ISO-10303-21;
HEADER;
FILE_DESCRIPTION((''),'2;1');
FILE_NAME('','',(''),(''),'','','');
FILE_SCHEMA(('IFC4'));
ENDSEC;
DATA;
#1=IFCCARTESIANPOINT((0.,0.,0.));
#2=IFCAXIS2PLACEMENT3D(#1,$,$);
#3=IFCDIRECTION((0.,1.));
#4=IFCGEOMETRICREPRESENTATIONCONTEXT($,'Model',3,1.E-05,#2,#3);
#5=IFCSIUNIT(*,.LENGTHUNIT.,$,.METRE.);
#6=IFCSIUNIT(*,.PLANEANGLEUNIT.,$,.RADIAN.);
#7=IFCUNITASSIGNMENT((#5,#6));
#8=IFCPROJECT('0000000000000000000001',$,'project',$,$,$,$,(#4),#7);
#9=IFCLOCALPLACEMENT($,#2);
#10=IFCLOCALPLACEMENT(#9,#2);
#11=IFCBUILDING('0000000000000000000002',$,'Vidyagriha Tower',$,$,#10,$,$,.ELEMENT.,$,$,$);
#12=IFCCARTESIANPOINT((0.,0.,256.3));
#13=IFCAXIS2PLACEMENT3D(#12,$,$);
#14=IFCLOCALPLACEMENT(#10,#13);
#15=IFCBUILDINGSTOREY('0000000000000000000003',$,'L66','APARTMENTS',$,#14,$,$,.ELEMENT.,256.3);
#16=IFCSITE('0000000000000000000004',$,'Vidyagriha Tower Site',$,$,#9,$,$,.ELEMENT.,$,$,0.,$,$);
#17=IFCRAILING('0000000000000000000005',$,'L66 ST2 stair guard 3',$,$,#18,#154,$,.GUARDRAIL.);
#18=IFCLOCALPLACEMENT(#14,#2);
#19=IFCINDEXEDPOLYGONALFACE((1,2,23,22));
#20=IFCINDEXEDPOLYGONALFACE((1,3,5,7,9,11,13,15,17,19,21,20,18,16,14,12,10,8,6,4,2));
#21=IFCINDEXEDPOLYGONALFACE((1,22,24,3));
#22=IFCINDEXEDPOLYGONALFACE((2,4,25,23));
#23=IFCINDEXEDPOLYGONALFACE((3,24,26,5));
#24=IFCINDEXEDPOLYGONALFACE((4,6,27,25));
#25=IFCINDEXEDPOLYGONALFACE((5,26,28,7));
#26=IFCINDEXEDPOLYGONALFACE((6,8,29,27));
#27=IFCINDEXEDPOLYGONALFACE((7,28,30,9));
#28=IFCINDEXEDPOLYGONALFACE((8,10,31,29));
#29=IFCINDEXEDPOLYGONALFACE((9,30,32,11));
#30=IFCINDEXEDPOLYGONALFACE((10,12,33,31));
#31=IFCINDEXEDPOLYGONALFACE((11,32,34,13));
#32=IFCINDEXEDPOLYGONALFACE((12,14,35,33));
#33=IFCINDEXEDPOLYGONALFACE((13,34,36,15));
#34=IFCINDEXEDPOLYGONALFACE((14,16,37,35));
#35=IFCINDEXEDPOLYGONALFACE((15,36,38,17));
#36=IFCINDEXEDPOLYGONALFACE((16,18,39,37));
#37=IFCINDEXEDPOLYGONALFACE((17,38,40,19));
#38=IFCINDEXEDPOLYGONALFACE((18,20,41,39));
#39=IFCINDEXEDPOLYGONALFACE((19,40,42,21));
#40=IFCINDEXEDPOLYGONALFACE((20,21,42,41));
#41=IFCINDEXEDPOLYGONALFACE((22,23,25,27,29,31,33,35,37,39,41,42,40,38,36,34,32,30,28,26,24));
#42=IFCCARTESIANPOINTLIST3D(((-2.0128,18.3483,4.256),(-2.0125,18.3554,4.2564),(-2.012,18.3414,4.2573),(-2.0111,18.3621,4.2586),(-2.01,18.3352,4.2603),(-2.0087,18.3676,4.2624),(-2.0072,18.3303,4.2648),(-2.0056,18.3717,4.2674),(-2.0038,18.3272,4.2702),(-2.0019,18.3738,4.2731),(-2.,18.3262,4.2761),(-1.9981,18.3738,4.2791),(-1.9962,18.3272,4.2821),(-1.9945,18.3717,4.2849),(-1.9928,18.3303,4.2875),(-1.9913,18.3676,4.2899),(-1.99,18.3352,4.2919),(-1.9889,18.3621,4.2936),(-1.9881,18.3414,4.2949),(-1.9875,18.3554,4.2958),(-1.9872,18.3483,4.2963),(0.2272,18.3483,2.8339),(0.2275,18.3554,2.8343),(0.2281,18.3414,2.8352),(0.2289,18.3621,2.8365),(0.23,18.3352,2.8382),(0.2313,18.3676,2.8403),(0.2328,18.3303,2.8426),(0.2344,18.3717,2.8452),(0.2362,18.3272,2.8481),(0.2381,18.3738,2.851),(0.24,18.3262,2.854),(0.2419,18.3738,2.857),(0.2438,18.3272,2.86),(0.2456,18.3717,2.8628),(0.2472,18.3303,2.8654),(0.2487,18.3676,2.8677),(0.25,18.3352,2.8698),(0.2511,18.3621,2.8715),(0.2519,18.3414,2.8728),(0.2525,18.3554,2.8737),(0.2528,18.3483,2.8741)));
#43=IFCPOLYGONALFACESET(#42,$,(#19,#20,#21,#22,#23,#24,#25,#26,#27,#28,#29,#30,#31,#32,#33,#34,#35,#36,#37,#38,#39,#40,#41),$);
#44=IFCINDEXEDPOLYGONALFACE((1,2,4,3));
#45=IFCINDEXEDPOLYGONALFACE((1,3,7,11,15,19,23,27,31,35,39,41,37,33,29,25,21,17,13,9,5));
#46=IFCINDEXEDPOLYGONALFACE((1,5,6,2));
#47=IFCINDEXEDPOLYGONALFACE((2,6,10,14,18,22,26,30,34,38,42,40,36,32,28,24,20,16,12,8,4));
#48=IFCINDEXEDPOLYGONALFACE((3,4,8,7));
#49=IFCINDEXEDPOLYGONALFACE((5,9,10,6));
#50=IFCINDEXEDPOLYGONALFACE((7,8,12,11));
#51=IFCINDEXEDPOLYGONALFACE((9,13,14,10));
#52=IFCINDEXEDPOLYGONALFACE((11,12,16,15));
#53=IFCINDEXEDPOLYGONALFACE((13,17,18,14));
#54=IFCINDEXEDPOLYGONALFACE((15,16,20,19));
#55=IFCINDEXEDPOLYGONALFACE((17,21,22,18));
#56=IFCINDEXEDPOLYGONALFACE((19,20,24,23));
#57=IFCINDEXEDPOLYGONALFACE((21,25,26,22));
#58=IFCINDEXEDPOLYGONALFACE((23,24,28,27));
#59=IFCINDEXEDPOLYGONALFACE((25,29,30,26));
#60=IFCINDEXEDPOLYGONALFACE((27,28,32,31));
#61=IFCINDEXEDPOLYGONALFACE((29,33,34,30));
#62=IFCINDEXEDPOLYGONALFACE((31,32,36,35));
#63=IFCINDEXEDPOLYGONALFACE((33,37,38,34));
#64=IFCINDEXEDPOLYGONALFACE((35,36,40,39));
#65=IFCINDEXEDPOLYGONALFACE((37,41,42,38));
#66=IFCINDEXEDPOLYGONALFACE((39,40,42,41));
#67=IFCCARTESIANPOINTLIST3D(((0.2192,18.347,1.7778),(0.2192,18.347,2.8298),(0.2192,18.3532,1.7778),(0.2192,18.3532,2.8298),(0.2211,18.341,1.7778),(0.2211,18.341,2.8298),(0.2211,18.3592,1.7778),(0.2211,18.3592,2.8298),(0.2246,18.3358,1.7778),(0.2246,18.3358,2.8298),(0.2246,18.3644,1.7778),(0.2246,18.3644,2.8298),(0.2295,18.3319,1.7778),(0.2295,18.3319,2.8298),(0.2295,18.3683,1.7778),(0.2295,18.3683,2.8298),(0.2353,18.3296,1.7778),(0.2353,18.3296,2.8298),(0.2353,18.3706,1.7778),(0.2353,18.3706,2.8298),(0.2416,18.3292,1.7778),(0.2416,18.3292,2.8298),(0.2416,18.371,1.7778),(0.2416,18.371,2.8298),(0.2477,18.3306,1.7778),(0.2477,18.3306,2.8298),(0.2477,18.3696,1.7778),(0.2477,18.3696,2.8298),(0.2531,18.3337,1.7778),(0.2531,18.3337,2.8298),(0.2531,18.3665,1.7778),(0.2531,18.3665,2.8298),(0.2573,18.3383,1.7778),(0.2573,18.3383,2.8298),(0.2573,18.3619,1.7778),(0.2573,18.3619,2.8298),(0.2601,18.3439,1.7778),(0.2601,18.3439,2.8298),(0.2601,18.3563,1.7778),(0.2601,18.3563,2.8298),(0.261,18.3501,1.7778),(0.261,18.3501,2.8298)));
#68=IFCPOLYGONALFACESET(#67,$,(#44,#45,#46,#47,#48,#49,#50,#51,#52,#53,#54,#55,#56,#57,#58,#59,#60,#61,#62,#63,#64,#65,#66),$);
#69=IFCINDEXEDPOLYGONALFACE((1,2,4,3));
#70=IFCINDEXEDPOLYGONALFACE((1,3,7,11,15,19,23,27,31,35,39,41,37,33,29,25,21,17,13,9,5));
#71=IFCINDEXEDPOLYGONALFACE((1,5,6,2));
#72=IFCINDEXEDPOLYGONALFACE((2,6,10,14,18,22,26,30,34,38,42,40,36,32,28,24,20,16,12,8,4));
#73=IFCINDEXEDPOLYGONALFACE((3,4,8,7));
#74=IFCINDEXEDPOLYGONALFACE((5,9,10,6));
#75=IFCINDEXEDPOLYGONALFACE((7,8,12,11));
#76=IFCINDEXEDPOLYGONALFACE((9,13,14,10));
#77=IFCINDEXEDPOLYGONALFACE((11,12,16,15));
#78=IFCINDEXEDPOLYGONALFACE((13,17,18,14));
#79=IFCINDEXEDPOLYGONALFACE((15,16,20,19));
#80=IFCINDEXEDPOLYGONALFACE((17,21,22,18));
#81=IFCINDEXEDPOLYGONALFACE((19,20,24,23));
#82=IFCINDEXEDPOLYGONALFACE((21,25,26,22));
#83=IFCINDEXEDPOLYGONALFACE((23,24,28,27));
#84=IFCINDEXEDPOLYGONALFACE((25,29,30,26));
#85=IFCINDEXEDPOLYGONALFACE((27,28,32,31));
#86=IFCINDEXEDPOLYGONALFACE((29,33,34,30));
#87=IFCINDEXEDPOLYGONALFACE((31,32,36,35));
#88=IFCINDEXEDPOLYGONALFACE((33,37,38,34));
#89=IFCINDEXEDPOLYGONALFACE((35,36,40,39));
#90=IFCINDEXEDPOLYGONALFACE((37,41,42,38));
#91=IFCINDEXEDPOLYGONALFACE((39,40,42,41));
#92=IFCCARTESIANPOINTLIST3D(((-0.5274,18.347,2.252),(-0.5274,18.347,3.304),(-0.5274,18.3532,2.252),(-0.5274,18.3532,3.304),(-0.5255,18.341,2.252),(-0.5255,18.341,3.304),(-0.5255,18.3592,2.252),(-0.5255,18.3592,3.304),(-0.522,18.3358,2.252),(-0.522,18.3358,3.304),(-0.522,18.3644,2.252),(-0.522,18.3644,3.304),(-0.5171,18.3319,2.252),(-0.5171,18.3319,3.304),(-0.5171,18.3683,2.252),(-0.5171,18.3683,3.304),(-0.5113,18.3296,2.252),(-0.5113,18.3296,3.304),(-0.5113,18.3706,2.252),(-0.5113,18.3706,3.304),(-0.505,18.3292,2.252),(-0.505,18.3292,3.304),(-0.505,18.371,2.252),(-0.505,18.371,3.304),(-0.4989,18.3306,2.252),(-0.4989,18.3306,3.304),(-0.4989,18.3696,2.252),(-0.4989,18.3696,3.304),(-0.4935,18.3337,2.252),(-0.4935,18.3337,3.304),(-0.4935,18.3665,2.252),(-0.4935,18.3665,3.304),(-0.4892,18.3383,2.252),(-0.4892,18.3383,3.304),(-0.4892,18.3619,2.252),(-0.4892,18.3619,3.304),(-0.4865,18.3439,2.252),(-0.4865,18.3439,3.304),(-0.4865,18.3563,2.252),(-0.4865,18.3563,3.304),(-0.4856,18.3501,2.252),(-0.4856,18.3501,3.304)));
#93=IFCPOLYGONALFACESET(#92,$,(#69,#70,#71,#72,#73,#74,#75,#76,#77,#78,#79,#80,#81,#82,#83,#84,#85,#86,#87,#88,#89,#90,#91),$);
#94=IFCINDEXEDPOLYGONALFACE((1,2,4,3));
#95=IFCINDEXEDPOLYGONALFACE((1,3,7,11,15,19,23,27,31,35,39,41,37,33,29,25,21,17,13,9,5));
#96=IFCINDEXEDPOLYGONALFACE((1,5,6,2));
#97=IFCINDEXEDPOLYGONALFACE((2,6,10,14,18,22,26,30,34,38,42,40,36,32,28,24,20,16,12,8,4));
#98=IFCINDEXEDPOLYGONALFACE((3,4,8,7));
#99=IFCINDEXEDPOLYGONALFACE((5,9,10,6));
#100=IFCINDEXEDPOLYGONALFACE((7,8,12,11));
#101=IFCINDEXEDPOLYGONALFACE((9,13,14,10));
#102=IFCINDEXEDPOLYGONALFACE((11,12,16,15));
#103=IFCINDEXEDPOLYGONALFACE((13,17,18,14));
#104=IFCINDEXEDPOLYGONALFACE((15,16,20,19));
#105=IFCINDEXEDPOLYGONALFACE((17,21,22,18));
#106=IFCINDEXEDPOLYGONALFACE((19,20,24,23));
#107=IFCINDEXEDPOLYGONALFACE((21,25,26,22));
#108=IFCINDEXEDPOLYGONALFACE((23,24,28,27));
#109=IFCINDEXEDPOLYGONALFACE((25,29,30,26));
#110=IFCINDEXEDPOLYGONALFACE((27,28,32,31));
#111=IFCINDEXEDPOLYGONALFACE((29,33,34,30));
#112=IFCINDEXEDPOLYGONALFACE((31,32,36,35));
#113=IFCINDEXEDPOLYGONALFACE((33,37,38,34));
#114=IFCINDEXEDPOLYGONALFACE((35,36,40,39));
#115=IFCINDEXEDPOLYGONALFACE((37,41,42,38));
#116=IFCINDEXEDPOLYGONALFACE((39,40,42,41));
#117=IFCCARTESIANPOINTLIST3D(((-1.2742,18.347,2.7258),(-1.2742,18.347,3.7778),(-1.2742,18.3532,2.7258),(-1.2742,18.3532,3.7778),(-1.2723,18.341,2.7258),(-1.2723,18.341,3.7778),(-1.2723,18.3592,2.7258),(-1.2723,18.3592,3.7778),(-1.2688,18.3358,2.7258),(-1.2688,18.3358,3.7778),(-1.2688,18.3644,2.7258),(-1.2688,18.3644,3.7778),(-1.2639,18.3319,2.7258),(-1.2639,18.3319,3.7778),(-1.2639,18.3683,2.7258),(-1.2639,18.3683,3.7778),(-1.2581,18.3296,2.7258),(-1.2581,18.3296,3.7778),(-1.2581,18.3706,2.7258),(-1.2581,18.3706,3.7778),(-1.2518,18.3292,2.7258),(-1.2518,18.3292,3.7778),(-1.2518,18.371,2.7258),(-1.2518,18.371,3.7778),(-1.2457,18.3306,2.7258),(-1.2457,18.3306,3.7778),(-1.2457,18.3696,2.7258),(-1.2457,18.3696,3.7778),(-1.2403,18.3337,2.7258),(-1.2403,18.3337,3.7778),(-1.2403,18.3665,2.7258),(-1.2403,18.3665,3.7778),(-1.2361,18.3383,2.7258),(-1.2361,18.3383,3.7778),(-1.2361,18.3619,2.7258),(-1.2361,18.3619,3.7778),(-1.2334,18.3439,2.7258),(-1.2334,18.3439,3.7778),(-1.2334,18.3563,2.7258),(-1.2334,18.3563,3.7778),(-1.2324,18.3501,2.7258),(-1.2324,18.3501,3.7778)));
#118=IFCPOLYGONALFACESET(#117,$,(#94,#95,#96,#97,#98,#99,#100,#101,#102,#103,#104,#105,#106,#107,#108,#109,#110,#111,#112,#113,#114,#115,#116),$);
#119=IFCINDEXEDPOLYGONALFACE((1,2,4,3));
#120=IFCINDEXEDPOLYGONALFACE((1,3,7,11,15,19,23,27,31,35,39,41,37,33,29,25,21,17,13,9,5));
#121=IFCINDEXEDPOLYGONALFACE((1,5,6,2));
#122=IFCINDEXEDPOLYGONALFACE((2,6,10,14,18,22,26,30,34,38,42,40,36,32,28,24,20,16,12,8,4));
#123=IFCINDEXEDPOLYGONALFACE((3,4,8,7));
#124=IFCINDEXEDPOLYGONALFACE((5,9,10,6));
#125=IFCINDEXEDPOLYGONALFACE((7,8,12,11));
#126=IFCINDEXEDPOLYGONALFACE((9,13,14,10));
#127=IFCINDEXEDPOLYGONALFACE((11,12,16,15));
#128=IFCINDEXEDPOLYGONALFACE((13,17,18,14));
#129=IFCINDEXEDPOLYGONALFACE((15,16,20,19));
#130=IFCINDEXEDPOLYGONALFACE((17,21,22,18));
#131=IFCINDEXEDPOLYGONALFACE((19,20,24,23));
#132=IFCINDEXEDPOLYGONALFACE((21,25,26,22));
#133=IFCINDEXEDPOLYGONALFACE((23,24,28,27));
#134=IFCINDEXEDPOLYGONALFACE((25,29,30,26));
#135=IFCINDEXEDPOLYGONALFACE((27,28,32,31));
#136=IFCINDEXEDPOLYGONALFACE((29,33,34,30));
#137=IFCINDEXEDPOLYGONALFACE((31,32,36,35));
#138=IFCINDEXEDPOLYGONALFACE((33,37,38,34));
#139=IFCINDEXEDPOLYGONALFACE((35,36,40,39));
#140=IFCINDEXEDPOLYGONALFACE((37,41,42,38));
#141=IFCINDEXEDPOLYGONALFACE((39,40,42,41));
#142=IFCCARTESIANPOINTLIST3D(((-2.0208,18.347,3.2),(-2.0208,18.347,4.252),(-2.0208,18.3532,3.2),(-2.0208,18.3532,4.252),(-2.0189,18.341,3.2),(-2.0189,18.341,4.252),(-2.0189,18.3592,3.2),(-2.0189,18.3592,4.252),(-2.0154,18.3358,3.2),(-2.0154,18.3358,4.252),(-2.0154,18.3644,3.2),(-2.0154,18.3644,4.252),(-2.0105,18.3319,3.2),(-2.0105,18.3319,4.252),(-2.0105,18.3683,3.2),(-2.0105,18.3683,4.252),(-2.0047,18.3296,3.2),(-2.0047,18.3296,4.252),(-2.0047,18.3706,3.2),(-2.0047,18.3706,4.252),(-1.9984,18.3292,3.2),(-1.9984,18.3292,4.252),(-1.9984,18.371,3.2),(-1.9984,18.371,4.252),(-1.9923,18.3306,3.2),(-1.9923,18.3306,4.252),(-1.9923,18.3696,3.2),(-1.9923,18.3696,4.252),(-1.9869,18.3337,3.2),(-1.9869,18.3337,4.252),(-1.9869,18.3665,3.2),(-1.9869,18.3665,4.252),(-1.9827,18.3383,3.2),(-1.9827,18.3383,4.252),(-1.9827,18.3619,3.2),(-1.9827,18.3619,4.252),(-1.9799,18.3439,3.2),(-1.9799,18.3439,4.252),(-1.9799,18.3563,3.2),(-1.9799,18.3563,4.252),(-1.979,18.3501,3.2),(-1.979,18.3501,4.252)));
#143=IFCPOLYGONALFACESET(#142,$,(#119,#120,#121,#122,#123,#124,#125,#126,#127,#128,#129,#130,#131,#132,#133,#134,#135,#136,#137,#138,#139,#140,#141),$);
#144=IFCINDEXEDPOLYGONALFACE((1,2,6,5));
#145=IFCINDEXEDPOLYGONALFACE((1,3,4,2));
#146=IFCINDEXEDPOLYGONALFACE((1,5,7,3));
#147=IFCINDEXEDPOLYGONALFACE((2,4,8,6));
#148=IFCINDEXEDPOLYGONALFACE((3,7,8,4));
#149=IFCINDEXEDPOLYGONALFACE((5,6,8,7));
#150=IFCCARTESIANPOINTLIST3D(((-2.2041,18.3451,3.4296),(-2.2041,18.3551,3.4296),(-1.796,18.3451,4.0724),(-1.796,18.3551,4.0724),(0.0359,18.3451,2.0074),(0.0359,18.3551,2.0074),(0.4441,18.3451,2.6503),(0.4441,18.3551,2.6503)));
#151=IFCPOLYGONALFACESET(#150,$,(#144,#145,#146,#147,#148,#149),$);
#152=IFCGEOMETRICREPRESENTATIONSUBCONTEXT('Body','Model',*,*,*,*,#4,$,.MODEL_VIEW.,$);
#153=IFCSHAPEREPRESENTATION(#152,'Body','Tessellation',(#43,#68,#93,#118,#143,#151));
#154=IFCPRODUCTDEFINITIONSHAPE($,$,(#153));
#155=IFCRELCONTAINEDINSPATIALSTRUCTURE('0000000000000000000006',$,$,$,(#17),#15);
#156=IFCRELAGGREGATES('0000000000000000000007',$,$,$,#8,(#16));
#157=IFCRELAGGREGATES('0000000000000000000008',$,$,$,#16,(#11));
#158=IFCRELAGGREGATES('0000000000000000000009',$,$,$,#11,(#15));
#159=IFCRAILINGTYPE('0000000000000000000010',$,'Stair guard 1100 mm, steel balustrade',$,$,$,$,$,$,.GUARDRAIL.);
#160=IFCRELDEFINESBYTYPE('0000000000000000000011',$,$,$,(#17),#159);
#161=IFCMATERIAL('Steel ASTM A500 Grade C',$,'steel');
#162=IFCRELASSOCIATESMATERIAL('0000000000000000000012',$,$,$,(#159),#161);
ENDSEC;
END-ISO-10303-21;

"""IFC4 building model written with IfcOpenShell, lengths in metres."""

from ifc_helpers import new_model, si_unit, direction, frame, origin, origin_2d, place, context, subcontext, project, spatial, rectangle, circle, extrude, material, type_object, element, save


model = new_model("IFC4")

# Units and contexts
model_context = context("Model", 3, precision=1e-05, world=origin(), true_north=direction((0.0, 1.0)))
body_context = subcontext(model_context, "Body", "Model", "MODEL_VIEW")
ifc_project = project(units=[si_unit("LENGTHUNIT", "METRE"), si_unit("PLANEANGLEUNIT", "RADIAN")], contexts=[model_context])

# Site, building, storey
site_placement = place(None, origin())
site = spatial("IfcSite", under=ifc_project, at=site_placement, Name="Vidyagriha Tower Site", CompositionType="ELEMENT", RefElevation=0.0)
building_placement = place(site_placement, origin())
building = spatial("IfcBuilding", under=site, at=building_placement, Name="Vidyagriha Tower", CompositionType="ELEMENT")
storey_placement = place(building_placement, frame((0.0, 0.0, 256.3)))
storey = spatial("IfcBuildingStorey", under=building, at=storey_placement, Name="L66", Description="APARTMENTS", CompositionType="ELEMENT", Elevation=256.3)

# Railing
ifc_material_1 = material(Name="Steel ASTM A500 Grade C", Category="steel")
railing_type_1 = type_object("IfcRailingType", Name="Stair guard 1100 mm, steel balustrade", PredefinedType="GUARDRAIL", material=ifc_material_1)
railing_1_placement = place(storey_placement, frame((0.24, 18.3501, 1.7778)))
element("IfcRailing", 1, at=railing_1_placement, inside=storey, type_object=railing_type_1, Name="L66 ST2 stair guard 3", PredefinedType="GUARDRAIL", context=body_context, shape_type="SweptSolid", body=[
    extrude(circle(Radius=0.0239, at=origin_2d()), frame((0.0, 0.0, 1.0762), z_axis=(-0.844229, 0.0, 0.535982), x_axis=(0.0, -1.0, 0.0)), (0.0, 0.0, 1.0), 2.6533),
    extrude(circle(Radius=0.021, at=origin_2d()), origin(), (0.0, 0.0, 1.0), 1.052),
    extrude(circle(Radius=0.021, at=origin_2d()), frame((-0.7466, 0.0, 0.4741)), (0.0, 0.0, 1.0), 1.052),
    extrude(circle(Radius=0.021, at=origin_2d()), frame((-1.4934, 0.0, 0.948)), (0.0, 0.0, 1.0), 1.052),
    extrude(circle(Radius=0.021, at=origin_2d()), frame((-2.24, 0.0, 1.4221)), (0.0, 0.0, 1.0), 1.052),
    extrude(rectangle(XDim=0.01, YDim=0.7615, at=origin_2d()), frame((0.0, 0.0, 0.551), z_axis=(-0.844229, 0.0, 0.535982), x_axis=(0.0, -1.0, 0.0)), (0.0, 0.0, 1.0), 2.6533),
])

save(model, "model.ifc")
